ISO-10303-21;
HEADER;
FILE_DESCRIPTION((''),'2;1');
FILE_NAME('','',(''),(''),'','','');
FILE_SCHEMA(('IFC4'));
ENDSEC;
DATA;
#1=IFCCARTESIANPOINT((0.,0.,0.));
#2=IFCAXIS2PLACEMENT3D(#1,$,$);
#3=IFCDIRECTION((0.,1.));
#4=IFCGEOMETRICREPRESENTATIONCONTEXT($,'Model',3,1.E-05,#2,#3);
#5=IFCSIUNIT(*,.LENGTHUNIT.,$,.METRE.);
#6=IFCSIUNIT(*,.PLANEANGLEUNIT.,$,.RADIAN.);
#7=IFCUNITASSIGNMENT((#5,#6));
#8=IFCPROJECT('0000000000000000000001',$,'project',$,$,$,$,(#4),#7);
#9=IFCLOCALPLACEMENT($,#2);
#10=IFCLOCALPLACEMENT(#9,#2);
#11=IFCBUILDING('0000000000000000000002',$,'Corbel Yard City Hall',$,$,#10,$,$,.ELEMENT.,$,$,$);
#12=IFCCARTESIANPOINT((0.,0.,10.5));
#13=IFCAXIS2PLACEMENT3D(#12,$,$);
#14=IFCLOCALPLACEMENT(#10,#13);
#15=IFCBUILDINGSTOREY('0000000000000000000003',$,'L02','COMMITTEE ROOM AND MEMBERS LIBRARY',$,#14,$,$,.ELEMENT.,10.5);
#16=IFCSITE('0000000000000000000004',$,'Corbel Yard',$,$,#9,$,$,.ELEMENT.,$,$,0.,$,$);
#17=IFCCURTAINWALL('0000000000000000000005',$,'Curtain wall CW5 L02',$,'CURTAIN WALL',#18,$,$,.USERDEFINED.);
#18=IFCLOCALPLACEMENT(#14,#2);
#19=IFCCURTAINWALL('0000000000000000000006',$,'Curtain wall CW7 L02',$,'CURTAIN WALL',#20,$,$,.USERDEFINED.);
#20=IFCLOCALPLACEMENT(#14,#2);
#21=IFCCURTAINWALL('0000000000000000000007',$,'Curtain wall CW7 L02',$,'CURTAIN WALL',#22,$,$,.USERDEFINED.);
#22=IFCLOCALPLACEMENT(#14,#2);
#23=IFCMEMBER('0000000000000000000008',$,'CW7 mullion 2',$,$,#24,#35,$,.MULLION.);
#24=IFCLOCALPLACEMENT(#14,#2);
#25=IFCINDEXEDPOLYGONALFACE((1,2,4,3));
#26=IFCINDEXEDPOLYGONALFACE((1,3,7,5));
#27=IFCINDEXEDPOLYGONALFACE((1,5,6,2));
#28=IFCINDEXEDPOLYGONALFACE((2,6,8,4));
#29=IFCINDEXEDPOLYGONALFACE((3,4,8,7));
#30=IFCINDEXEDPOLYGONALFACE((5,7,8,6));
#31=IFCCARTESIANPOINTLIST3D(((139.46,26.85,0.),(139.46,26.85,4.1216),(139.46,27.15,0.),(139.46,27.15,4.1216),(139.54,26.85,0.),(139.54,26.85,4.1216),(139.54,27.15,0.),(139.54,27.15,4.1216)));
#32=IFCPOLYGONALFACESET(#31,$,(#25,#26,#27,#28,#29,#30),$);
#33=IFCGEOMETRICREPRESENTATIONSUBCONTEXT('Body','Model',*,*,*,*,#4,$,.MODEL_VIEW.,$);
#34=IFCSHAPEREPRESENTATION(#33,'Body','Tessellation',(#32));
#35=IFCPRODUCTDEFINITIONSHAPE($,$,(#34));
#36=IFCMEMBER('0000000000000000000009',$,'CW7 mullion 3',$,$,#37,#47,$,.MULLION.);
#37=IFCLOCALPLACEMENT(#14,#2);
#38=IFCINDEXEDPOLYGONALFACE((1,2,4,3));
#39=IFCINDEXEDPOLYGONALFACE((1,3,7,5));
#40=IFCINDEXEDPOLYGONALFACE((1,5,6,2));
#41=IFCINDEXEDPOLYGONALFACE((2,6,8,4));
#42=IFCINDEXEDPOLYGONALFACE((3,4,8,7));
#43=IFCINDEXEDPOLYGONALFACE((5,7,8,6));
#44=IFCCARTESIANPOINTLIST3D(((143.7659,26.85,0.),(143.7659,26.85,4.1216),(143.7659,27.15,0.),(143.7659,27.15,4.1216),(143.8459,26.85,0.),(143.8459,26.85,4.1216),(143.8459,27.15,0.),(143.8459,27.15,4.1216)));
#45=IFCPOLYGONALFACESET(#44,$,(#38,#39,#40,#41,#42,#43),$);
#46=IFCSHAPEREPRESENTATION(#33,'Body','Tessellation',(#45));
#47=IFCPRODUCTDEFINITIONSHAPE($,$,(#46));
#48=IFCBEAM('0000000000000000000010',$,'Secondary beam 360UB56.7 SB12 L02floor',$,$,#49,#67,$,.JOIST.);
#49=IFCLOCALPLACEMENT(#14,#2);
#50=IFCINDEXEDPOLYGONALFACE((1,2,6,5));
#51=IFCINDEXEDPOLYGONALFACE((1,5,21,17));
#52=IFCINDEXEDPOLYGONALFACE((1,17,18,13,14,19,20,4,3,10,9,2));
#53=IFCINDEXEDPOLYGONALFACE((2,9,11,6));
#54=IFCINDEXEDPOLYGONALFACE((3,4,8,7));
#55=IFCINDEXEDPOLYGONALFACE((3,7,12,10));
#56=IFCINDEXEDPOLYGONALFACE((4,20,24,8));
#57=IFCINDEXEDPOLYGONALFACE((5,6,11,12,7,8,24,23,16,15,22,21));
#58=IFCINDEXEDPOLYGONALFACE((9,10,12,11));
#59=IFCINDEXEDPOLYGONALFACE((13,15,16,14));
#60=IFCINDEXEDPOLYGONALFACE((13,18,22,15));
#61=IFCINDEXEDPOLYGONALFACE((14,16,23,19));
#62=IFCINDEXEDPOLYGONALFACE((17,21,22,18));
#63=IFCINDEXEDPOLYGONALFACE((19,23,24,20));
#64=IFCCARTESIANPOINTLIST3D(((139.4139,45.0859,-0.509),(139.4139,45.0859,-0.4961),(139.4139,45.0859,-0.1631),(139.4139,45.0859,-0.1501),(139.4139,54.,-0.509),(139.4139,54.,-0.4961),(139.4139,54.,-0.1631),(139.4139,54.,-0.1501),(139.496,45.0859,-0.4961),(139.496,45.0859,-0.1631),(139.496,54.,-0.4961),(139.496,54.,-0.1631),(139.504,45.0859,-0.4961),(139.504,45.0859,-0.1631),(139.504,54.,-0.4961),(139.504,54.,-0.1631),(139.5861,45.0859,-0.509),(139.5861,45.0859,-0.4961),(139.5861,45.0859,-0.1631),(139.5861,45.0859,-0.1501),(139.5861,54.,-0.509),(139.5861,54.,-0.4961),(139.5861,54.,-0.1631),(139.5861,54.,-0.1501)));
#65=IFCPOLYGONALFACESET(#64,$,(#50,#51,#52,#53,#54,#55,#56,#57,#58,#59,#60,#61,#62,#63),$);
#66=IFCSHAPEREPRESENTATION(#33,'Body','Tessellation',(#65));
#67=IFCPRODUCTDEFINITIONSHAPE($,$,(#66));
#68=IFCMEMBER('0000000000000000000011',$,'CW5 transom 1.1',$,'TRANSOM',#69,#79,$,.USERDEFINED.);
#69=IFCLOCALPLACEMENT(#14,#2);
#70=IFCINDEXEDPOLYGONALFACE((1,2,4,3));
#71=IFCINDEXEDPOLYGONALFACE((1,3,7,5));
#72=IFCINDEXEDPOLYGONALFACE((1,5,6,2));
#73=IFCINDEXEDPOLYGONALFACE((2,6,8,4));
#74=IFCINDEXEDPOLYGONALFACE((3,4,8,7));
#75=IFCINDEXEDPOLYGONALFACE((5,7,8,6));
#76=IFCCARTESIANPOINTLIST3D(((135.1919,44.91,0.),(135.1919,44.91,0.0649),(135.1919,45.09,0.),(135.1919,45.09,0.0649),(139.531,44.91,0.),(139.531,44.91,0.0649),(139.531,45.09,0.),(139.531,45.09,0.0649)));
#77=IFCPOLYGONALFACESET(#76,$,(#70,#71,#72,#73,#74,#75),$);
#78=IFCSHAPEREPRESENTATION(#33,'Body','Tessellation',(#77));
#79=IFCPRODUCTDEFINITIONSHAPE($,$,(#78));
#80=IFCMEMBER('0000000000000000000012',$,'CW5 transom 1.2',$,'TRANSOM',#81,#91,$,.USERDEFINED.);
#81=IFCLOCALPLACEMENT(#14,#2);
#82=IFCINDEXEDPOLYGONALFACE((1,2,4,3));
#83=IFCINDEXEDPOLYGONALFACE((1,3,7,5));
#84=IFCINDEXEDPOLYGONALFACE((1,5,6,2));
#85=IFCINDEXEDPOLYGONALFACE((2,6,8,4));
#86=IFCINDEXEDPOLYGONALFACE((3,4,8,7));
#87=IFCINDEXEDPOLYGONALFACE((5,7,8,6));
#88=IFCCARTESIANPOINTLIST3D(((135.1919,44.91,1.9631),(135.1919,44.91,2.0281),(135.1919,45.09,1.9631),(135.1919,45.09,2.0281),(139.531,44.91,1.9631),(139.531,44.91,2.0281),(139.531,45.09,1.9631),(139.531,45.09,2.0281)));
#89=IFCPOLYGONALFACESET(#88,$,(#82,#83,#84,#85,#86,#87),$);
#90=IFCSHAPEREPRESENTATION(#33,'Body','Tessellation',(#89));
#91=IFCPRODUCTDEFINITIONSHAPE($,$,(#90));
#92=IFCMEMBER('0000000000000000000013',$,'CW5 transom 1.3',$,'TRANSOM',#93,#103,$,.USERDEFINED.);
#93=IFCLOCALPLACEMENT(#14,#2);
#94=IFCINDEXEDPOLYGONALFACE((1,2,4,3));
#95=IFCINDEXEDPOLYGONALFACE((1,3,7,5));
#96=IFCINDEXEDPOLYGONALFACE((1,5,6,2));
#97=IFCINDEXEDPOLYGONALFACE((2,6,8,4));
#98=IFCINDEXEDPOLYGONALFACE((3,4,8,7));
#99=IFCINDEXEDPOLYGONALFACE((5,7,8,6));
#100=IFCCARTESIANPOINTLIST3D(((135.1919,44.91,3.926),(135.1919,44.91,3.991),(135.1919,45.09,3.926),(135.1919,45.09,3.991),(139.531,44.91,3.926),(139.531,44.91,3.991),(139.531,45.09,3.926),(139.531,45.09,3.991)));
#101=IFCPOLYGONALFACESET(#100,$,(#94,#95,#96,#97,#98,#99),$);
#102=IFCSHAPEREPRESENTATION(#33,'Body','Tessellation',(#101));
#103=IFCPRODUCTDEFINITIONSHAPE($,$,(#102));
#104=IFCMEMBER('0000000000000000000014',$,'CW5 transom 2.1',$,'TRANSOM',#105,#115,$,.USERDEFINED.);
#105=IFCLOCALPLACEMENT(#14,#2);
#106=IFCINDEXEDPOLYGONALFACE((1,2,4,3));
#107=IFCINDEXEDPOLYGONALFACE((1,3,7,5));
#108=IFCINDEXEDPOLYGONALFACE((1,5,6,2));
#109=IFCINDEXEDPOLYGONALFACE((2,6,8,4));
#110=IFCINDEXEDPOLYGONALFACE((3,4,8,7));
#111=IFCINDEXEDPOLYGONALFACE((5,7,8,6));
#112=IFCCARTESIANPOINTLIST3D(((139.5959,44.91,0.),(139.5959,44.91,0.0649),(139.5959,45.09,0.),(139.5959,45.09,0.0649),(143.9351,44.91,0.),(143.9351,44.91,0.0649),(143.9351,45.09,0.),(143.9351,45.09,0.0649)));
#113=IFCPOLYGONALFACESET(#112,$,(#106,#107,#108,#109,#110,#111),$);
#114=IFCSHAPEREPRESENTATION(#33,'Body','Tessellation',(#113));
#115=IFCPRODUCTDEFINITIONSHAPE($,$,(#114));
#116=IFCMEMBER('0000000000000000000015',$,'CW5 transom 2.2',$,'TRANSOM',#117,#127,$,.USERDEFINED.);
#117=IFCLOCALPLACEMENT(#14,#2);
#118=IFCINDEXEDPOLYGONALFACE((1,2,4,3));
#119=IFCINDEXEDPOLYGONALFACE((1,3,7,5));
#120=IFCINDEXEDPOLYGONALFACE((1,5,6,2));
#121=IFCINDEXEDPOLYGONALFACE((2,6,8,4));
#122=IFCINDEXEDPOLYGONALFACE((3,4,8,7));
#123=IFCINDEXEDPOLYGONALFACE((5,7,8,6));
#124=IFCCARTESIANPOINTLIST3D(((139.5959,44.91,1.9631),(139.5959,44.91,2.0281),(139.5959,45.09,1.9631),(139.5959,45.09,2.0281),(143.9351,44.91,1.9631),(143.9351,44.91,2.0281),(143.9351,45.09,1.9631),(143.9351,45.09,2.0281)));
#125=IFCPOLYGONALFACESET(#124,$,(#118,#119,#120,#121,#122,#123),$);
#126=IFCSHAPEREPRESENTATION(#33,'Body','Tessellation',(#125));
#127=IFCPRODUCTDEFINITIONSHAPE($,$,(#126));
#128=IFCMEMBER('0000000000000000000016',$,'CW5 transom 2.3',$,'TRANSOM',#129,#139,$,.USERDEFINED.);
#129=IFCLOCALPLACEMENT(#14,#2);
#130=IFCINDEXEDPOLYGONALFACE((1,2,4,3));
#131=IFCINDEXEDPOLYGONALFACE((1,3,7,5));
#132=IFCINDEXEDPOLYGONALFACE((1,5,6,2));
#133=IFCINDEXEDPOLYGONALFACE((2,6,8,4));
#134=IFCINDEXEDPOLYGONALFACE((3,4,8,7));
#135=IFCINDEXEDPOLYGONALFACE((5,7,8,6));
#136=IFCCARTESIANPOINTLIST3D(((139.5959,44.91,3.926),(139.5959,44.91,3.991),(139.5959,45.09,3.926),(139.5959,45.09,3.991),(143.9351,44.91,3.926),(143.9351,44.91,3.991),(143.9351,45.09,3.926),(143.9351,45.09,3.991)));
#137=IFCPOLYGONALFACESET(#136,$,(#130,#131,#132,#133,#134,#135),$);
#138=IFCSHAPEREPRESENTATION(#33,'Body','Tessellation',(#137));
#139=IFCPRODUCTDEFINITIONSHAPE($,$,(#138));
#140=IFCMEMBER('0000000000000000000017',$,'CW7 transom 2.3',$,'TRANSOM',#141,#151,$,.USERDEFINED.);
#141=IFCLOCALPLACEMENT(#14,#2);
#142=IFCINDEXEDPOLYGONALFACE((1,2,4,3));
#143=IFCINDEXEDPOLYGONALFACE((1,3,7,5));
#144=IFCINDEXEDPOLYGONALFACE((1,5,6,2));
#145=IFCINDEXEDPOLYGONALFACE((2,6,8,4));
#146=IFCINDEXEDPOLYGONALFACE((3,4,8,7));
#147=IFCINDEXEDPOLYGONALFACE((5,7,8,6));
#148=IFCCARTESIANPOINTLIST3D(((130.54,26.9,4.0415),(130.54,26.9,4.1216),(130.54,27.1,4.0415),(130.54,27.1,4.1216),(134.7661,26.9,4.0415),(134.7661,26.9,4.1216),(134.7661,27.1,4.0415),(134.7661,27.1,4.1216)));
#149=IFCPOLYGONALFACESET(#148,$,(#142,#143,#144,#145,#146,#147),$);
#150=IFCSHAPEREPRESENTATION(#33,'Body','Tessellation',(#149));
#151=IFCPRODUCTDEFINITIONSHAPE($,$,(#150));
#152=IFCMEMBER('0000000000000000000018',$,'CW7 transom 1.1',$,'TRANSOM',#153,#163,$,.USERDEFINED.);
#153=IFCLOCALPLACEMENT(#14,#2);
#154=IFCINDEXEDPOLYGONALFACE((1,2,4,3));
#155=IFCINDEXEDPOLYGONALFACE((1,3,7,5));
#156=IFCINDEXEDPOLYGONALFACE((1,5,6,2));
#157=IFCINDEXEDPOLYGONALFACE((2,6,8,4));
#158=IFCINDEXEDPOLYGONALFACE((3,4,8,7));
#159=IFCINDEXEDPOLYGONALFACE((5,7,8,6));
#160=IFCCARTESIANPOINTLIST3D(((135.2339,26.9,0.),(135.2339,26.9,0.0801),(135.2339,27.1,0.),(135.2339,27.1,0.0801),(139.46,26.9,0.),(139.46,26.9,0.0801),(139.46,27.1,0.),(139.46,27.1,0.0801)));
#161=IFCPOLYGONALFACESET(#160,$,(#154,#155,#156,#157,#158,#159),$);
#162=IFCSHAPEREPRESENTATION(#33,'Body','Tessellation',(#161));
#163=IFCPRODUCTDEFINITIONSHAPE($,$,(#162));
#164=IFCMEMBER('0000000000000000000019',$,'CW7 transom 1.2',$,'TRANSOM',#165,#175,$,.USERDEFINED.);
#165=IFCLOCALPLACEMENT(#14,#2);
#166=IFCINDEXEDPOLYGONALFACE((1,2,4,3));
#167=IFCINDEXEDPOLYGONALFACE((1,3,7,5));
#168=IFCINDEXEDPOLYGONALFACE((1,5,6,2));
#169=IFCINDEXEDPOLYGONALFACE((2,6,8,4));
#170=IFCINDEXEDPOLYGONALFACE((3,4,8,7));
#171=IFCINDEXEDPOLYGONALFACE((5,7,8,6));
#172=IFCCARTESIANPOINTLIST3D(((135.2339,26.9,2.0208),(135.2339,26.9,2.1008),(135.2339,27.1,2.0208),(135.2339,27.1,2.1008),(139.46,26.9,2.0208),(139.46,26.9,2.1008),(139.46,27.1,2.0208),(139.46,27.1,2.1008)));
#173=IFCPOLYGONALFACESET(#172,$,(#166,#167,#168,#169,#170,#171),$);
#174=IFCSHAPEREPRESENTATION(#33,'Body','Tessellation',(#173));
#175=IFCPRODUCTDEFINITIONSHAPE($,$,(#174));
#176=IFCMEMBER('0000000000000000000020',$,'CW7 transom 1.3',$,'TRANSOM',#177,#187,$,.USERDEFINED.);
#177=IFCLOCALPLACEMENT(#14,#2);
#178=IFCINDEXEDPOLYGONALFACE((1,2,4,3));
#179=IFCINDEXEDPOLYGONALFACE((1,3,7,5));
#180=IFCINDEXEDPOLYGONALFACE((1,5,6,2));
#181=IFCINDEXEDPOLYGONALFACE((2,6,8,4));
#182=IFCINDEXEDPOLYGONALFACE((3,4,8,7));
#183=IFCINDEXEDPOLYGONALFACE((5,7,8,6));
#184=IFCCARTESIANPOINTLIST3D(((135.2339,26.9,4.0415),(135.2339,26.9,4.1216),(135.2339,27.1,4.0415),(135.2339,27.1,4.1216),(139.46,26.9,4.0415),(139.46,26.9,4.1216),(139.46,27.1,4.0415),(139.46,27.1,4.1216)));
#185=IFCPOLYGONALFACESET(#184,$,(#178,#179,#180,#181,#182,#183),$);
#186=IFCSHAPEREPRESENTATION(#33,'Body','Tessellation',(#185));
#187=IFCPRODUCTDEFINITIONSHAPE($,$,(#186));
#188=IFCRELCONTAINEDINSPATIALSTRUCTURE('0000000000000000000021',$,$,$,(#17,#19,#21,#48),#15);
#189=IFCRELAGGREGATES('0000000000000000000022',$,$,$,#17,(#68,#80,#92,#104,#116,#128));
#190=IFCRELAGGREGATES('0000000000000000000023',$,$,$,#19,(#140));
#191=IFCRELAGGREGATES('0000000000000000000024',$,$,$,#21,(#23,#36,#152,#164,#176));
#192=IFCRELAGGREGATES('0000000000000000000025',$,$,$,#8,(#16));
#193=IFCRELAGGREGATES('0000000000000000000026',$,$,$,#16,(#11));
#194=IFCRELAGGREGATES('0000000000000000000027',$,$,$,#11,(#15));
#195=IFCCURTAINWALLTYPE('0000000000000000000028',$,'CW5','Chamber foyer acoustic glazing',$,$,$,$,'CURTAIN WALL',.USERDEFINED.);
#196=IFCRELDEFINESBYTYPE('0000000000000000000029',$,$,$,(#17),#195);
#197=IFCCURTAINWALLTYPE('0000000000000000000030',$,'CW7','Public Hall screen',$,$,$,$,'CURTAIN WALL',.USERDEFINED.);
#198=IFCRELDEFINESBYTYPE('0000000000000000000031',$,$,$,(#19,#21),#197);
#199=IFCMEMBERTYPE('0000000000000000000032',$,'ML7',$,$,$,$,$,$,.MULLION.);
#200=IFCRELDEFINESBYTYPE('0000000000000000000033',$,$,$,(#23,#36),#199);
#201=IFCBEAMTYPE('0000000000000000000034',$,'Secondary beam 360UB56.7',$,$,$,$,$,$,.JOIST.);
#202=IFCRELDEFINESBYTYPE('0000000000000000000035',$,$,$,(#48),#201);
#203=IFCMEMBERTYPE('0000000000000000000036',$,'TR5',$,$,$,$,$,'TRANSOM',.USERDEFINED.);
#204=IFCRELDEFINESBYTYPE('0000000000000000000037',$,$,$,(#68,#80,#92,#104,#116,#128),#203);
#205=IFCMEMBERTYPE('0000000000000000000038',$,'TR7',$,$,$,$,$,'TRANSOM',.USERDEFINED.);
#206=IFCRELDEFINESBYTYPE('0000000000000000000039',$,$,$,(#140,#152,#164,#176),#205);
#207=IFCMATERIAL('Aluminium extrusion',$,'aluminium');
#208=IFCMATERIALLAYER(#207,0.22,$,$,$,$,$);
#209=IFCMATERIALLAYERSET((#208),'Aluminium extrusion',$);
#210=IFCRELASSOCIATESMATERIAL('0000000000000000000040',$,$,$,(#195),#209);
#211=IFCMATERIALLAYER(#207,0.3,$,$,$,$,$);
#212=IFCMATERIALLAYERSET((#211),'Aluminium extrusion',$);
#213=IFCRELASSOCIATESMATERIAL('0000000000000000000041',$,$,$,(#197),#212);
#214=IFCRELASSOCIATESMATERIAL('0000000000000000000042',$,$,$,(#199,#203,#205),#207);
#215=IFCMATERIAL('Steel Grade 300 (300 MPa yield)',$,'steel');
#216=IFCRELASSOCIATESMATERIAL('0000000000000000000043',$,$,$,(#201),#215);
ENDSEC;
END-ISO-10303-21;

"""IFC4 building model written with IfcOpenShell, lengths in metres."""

from ifc_helpers import new_model, si_unit, direction, frame, origin, origin_2d, place, context, subcontext, project, spatial, rectangle, i_section, extrude, material, layer, layer_set, material_profile, profile_set, type_object, element, aggregate, save


model = new_model("IFC4")

# Units and contexts
model_context = context("Model", 3, precision=1e-05, world=origin(), true_north=direction((0.0, 1.0)))
body_context = subcontext(model_context, "Body", "Model", "MODEL_VIEW")
ifc_project = project(units=[si_unit("LENGTHUNIT", "METRE"), si_unit("PLANEANGLEUNIT", "RADIAN")], contexts=[model_context])

# Site, building, storey
site_placement = place(None, origin())
site = spatial("IfcSite", under=ifc_project, at=site_placement, Name="Corbel Yard", CompositionType="ELEMENT", RefElevation=0.0)
building_placement = place(site_placement, origin())
building = spatial("IfcBuilding", under=site, at=building_placement, Name="Corbel Yard City Hall", CompositionType="ELEMENT")
storey_placement = place(building_placement, frame((0.0, 0.0, 10.5)))
storey = spatial("IfcBuildingStorey", under=building, at=storey_placement, Name="L02", Description="COMMITTEE ROOM AND MEMBERS LIBRARY", CompositionType="ELEMENT", Elevation=10.5)

# Shared definitions
ifc_material_1 = material(Name="Steel Grade 300 (300 MPa yield)", Category="steel")

# Curtain wall
ifc_material_2 = material(Name="Aluminium extrusion", Category="aluminium")
ifc_layer_1 = layer(ifc_material_2, 0.22)
ifc_layer_set_1 = layer_set([ifc_layer_1], Name="Aluminium extrusion")
curtain_wall_type_1 = type_object("IfcCurtainWallType", Name="CW5", Description="Chamber foyer acoustic glazing", ElementType="CURTAIN WALL", PredefinedType="USERDEFINED", material=ifc_layer_set_1)
curtain_wall_1_placement = place(storey_placement, origin())
curtain_wall_1 = element("IfcCurtainWall", 1, at=curtain_wall_1_placement, inside=storey, type_object=curtain_wall_type_1, Name="Curtain wall CW5 L02", ObjectType="CURTAIN WALL", PredefinedType="USERDEFINED")

# Curtain wall
ifc_layer_2 = layer(ifc_material_2, 0.3)
ifc_layer_set_2 = layer_set([ifc_layer_2], Name="Aluminium extrusion")
curtain_wall_type_2 = type_object("IfcCurtainWallType", Name="CW7", Description="Public Hall screen", ElementType="CURTAIN WALL", PredefinedType="USERDEFINED", material=ifc_layer_set_2)
curtain_wall_2_placement = place(storey_placement, origin())
curtain_wall_2 = element("IfcCurtainWall", 2, at=curtain_wall_2_placement, inside=storey, type_object=curtain_wall_type_2, Name="Curtain wall CW7 L02", ObjectType="CURTAIN WALL", PredefinedType="USERDEFINED")
ifc_material_profile_1 = material_profile(ifc_material_2, rectangle(XDim=0.3, YDim=0.0801, at=origin_2d()), Name="300x80")
ifc_profile_set_1 = profile_set([ifc_material_profile_1], Name="Aluminium extrusion")
member_type_1 = type_object("IfcMemberType", Name="ML7", PredefinedType="MULLION", material=ifc_profile_set_1)

# Curtain wall, members
curtain_wall_3_placement = place(storey_placement, origin())
curtain_wall_3 = element("IfcCurtainWall", 3, at=curtain_wall_3_placement, inside=storey, type_object=curtain_wall_type_2, Name="Curtain wall CW7 L02", ObjectType="CURTAIN WALL", PredefinedType="USERDEFINED")
member_1_placement = place(storey_placement, frame((139.5, 27.0, 0.0), z_axis=(0.0, 0.0, 1.0), x_axis=(0.0, 1.0, 0.0)))
member_1 = element("IfcMember", 4, at=member_1_placement, type_object=member_type_1, Name="CW7 mullion 2", PredefinedType="MULLION", context=body_context, shape_type="SweptSolid", body=[
    extrude(rectangle(XDim=0.3, YDim=0.0801, at=origin_2d()), origin(), (0.0, 0.0, 1.0), 4.1216),
])
member_2_placement = place(storey_placement, frame((143.8059, 27.0, 0.0), z_axis=(0.0, 0.0, 1.0), x_axis=(0.0, 1.0, 0.0)))
member_2 = element("IfcMember", 5, at=member_2_placement, type_object=member_type_1, Name="CW7 mullion 3", PredefinedType="MULLION", context=body_context, shape_type="SweptSolid", body=[
    extrude(rectangle(XDim=0.3, YDim=0.0801, at=origin_2d()), origin(), (0.0, 0.0, 1.0), 4.1216),
])

# Beam
ifc_material_profile_2 = material_profile(ifc_material_1, i_section(OverallWidth=0.1721, OverallDepth=0.3589, WebThickness=0.0081, FlangeThickness=0.0129, at=origin_2d()), Name="360UB56.7")
ifc_profile_set_2 = profile_set([ifc_material_profile_2], Name="Steel Grade 300 (300 MPa yield)")
beam_type_1 = type_object("IfcBeamType", Name="Secondary beam 360UB56.7", PredefinedType="JOIST", material=ifc_profile_set_2)
beam_1_placement = place(storey_placement, frame((139.5, 45.0859, -0.3296), z_axis=(0.0, 1.0, 0.0), x_axis=(-1.0, 0.0, 0.0)))
element("IfcBeam", 6, at=beam_1_placement, inside=storey, type_object=beam_type_1, Name="Secondary beam 360UB56.7 SB12 L02floor", PredefinedType="JOIST", context=body_context, shape_type="SweptSolid", body=[
    extrude(i_section(OverallWidth=0.1721, OverallDepth=0.3589, WebThickness=0.0081, FlangeThickness=0.0129, at=origin_2d()), origin(), (0.0, 0.0, 1.0), 8.9141),
])

# Members
ifc_material_profile_3 = material_profile(ifc_material_2, rectangle(XDim=0.1799, YDim=0.0649, at=origin_2d()), Name="180x65")
ifc_profile_set_3 = profile_set([ifc_material_profile_3], Name="Aluminium extrusion")
member_type_2 = type_object("IfcMemberType", Name="TR5", ElementType="TRANSOM", PredefinedType="USERDEFINED", material=ifc_profile_set_3)
member_3_placement = place(storey_placement, frame((135.1919, 45.0, 0.0325), z_axis=(1.0, 0.0, 0.0), x_axis=(0.0, 1.0, 0.0)))
member_3 = element("IfcMember", 7, at=member_3_placement, type_object=member_type_2, Name="CW5 transom 1.1", ObjectType="TRANSOM", PredefinedType="USERDEFINED", context=body_context, shape_type="SweptSolid", body=[
    extrude(rectangle(XDim=0.1799, YDim=0.0649, at=origin_2d()), origin(), (0.0, 0.0, 1.0), 4.3391),
])
member_4_placement = place(storey_placement, frame((135.1919, 45.0, 1.9956), z_axis=(1.0, 0.0, 0.0), x_axis=(0.0, 1.0, 0.0)))
member_4 = element("IfcMember", 8, at=member_4_placement, type_object=member_type_2, Name="CW5 transom 1.2", ObjectType="TRANSOM", PredefinedType="USERDEFINED", context=body_context, shape_type="SweptSolid", body=[
    extrude(rectangle(XDim=0.1799, YDim=0.0649, at=origin_2d()), origin(), (0.0, 0.0, 1.0), 4.3391),
])
member_5_placement = place(storey_placement, frame((135.1919, 45.0, 3.9585), z_axis=(1.0, 0.0, 0.0), x_axis=(0.0, 1.0, 0.0)))
member_5 = element("IfcMember", 9, at=member_5_placement, type_object=member_type_2, Name="CW5 transom 1.3", ObjectType="TRANSOM", PredefinedType="USERDEFINED", context=body_context, shape_type="SweptSolid", body=[
    extrude(rectangle(XDim=0.1799, YDim=0.0649, at=origin_2d()), origin(), (0.0, 0.0, 1.0), 4.3391),
])
member_6_placement = place(storey_placement, frame((139.5959, 45.0, 0.0325), z_axis=(1.0, 0.0, 0.0), x_axis=(0.0, 1.0, 0.0)))
member_6 = element("IfcMember", 10, at=member_6_placement, type_object=member_type_2, Name="CW5 transom 2.1", ObjectType="TRANSOM", PredefinedType="USERDEFINED", context=body_context, shape_type="SweptSolid", body=[
    extrude(rectangle(XDim=0.1799, YDim=0.0649, at=origin_2d()), origin(), (0.0, 0.0, 1.0), 4.3391),
])
member_7_placement = place(storey_placement, frame((139.5959, 45.0, 1.9956), z_axis=(1.0, 0.0, 0.0), x_axis=(0.0, 1.0, 0.0)))
member_7 = element("IfcMember", 11, at=member_7_placement, type_object=member_type_2, Name="CW5 transom 2.2", ObjectType="TRANSOM", PredefinedType="USERDEFINED", context=body_context, shape_type="SweptSolid", body=[
    extrude(rectangle(XDim=0.1799, YDim=0.0649, at=origin_2d()), origin(), (0.0, 0.0, 1.0), 4.3391),
])
member_8_placement = place(storey_placement, frame((139.5959, 45.0, 3.9585), z_axis=(1.0, 0.0, 0.0), x_axis=(0.0, 1.0, 0.0)))
member_8 = element("IfcMember", 12, at=member_8_placement, type_object=member_type_2, Name="CW5 transom 2.3", ObjectType="TRANSOM", PredefinedType="USERDEFINED", context=body_context, shape_type="SweptSolid", body=[
    extrude(rectangle(XDim=0.1799, YDim=0.0649, at=origin_2d()), origin(), (0.0, 0.0, 1.0), 4.3391),
])
ifc_material_profile_4 = material_profile(ifc_material_2, rectangle(XDim=0.2, YDim=0.0801, at=origin_2d()), Name="200x80")
ifc_profile_set_4 = profile_set([ifc_material_profile_4], Name="Aluminium extrusion")
member_type_3 = type_object("IfcMemberType", Name="TR7", ElementType="TRANSOM", PredefinedType="USERDEFINED", material=ifc_profile_set_4)
member_9_placement = place(storey_placement, frame((130.54, 27.0, 4.0815), z_axis=(1.0, 0.0, 0.0), x_axis=(0.0, 1.0, 0.0)))
member_9 = element("IfcMember", 13, at=member_9_placement, type_object=member_type_3, Name="CW7 transom 2.3", ObjectType="TRANSOM", PredefinedType="USERDEFINED", context=body_context, shape_type="SweptSolid", body=[
    extrude(rectangle(XDim=0.2, YDim=0.0801, at=origin_2d()), origin(), (0.0, 0.0, 1.0), 4.2261),
])
member_10_placement = place(storey_placement, frame((135.2339, 27.0, 0.04), z_axis=(1.0, 0.0, 0.0), x_axis=(0.0, 1.0, 0.0)))
member_10 = element("IfcMember", 14, at=member_10_placement, type_object=member_type_3, Name="CW7 transom 1.1", ObjectType="TRANSOM", PredefinedType="USERDEFINED", context=body_context, shape_type="SweptSolid", body=[
    extrude(rectangle(XDim=0.2, YDim=0.0801, at=origin_2d()), origin(), (0.0, 0.0, 1.0), 4.2261),
])
member_11_placement = place(storey_placement, frame((135.2339, 27.0, 2.0608), z_axis=(1.0, 0.0, 0.0), x_axis=(0.0, 1.0, 0.0)))
member_11 = element("IfcMember", 15, at=member_11_placement, type_object=member_type_3, Name="CW7 transom 1.2", ObjectType="TRANSOM", PredefinedType="USERDEFINED", context=body_context, shape_type="SweptSolid", body=[
    extrude(rectangle(XDim=0.2, YDim=0.0801, at=origin_2d()), origin(), (0.0, 0.0, 1.0), 4.2261),
])
member_12_placement = place(storey_placement, frame((135.2339, 27.0, 4.0815), z_axis=(1.0, 0.0, 0.0), x_axis=(0.0, 1.0, 0.0)))
member_12 = element("IfcMember", 16, at=member_12_placement, type_object=member_type_3, Name="CW7 transom 1.3", ObjectType="TRANSOM", PredefinedType="USERDEFINED", context=body_context, shape_type="SweptSolid", body=[
    extrude(rectangle(XDim=0.2, YDim=0.0801, at=origin_2d()), origin(), (0.0, 0.0, 1.0), 4.2261),
])

aggregate(curtain_wall_1, [member_3, member_4, member_5, member_6, member_7, member_8])
aggregate(curtain_wall_2, [member_9])
aggregate(curtain_wall_3, [member_1, member_2, member_10, member_11, member_12])

save(model, "model.ifc")
